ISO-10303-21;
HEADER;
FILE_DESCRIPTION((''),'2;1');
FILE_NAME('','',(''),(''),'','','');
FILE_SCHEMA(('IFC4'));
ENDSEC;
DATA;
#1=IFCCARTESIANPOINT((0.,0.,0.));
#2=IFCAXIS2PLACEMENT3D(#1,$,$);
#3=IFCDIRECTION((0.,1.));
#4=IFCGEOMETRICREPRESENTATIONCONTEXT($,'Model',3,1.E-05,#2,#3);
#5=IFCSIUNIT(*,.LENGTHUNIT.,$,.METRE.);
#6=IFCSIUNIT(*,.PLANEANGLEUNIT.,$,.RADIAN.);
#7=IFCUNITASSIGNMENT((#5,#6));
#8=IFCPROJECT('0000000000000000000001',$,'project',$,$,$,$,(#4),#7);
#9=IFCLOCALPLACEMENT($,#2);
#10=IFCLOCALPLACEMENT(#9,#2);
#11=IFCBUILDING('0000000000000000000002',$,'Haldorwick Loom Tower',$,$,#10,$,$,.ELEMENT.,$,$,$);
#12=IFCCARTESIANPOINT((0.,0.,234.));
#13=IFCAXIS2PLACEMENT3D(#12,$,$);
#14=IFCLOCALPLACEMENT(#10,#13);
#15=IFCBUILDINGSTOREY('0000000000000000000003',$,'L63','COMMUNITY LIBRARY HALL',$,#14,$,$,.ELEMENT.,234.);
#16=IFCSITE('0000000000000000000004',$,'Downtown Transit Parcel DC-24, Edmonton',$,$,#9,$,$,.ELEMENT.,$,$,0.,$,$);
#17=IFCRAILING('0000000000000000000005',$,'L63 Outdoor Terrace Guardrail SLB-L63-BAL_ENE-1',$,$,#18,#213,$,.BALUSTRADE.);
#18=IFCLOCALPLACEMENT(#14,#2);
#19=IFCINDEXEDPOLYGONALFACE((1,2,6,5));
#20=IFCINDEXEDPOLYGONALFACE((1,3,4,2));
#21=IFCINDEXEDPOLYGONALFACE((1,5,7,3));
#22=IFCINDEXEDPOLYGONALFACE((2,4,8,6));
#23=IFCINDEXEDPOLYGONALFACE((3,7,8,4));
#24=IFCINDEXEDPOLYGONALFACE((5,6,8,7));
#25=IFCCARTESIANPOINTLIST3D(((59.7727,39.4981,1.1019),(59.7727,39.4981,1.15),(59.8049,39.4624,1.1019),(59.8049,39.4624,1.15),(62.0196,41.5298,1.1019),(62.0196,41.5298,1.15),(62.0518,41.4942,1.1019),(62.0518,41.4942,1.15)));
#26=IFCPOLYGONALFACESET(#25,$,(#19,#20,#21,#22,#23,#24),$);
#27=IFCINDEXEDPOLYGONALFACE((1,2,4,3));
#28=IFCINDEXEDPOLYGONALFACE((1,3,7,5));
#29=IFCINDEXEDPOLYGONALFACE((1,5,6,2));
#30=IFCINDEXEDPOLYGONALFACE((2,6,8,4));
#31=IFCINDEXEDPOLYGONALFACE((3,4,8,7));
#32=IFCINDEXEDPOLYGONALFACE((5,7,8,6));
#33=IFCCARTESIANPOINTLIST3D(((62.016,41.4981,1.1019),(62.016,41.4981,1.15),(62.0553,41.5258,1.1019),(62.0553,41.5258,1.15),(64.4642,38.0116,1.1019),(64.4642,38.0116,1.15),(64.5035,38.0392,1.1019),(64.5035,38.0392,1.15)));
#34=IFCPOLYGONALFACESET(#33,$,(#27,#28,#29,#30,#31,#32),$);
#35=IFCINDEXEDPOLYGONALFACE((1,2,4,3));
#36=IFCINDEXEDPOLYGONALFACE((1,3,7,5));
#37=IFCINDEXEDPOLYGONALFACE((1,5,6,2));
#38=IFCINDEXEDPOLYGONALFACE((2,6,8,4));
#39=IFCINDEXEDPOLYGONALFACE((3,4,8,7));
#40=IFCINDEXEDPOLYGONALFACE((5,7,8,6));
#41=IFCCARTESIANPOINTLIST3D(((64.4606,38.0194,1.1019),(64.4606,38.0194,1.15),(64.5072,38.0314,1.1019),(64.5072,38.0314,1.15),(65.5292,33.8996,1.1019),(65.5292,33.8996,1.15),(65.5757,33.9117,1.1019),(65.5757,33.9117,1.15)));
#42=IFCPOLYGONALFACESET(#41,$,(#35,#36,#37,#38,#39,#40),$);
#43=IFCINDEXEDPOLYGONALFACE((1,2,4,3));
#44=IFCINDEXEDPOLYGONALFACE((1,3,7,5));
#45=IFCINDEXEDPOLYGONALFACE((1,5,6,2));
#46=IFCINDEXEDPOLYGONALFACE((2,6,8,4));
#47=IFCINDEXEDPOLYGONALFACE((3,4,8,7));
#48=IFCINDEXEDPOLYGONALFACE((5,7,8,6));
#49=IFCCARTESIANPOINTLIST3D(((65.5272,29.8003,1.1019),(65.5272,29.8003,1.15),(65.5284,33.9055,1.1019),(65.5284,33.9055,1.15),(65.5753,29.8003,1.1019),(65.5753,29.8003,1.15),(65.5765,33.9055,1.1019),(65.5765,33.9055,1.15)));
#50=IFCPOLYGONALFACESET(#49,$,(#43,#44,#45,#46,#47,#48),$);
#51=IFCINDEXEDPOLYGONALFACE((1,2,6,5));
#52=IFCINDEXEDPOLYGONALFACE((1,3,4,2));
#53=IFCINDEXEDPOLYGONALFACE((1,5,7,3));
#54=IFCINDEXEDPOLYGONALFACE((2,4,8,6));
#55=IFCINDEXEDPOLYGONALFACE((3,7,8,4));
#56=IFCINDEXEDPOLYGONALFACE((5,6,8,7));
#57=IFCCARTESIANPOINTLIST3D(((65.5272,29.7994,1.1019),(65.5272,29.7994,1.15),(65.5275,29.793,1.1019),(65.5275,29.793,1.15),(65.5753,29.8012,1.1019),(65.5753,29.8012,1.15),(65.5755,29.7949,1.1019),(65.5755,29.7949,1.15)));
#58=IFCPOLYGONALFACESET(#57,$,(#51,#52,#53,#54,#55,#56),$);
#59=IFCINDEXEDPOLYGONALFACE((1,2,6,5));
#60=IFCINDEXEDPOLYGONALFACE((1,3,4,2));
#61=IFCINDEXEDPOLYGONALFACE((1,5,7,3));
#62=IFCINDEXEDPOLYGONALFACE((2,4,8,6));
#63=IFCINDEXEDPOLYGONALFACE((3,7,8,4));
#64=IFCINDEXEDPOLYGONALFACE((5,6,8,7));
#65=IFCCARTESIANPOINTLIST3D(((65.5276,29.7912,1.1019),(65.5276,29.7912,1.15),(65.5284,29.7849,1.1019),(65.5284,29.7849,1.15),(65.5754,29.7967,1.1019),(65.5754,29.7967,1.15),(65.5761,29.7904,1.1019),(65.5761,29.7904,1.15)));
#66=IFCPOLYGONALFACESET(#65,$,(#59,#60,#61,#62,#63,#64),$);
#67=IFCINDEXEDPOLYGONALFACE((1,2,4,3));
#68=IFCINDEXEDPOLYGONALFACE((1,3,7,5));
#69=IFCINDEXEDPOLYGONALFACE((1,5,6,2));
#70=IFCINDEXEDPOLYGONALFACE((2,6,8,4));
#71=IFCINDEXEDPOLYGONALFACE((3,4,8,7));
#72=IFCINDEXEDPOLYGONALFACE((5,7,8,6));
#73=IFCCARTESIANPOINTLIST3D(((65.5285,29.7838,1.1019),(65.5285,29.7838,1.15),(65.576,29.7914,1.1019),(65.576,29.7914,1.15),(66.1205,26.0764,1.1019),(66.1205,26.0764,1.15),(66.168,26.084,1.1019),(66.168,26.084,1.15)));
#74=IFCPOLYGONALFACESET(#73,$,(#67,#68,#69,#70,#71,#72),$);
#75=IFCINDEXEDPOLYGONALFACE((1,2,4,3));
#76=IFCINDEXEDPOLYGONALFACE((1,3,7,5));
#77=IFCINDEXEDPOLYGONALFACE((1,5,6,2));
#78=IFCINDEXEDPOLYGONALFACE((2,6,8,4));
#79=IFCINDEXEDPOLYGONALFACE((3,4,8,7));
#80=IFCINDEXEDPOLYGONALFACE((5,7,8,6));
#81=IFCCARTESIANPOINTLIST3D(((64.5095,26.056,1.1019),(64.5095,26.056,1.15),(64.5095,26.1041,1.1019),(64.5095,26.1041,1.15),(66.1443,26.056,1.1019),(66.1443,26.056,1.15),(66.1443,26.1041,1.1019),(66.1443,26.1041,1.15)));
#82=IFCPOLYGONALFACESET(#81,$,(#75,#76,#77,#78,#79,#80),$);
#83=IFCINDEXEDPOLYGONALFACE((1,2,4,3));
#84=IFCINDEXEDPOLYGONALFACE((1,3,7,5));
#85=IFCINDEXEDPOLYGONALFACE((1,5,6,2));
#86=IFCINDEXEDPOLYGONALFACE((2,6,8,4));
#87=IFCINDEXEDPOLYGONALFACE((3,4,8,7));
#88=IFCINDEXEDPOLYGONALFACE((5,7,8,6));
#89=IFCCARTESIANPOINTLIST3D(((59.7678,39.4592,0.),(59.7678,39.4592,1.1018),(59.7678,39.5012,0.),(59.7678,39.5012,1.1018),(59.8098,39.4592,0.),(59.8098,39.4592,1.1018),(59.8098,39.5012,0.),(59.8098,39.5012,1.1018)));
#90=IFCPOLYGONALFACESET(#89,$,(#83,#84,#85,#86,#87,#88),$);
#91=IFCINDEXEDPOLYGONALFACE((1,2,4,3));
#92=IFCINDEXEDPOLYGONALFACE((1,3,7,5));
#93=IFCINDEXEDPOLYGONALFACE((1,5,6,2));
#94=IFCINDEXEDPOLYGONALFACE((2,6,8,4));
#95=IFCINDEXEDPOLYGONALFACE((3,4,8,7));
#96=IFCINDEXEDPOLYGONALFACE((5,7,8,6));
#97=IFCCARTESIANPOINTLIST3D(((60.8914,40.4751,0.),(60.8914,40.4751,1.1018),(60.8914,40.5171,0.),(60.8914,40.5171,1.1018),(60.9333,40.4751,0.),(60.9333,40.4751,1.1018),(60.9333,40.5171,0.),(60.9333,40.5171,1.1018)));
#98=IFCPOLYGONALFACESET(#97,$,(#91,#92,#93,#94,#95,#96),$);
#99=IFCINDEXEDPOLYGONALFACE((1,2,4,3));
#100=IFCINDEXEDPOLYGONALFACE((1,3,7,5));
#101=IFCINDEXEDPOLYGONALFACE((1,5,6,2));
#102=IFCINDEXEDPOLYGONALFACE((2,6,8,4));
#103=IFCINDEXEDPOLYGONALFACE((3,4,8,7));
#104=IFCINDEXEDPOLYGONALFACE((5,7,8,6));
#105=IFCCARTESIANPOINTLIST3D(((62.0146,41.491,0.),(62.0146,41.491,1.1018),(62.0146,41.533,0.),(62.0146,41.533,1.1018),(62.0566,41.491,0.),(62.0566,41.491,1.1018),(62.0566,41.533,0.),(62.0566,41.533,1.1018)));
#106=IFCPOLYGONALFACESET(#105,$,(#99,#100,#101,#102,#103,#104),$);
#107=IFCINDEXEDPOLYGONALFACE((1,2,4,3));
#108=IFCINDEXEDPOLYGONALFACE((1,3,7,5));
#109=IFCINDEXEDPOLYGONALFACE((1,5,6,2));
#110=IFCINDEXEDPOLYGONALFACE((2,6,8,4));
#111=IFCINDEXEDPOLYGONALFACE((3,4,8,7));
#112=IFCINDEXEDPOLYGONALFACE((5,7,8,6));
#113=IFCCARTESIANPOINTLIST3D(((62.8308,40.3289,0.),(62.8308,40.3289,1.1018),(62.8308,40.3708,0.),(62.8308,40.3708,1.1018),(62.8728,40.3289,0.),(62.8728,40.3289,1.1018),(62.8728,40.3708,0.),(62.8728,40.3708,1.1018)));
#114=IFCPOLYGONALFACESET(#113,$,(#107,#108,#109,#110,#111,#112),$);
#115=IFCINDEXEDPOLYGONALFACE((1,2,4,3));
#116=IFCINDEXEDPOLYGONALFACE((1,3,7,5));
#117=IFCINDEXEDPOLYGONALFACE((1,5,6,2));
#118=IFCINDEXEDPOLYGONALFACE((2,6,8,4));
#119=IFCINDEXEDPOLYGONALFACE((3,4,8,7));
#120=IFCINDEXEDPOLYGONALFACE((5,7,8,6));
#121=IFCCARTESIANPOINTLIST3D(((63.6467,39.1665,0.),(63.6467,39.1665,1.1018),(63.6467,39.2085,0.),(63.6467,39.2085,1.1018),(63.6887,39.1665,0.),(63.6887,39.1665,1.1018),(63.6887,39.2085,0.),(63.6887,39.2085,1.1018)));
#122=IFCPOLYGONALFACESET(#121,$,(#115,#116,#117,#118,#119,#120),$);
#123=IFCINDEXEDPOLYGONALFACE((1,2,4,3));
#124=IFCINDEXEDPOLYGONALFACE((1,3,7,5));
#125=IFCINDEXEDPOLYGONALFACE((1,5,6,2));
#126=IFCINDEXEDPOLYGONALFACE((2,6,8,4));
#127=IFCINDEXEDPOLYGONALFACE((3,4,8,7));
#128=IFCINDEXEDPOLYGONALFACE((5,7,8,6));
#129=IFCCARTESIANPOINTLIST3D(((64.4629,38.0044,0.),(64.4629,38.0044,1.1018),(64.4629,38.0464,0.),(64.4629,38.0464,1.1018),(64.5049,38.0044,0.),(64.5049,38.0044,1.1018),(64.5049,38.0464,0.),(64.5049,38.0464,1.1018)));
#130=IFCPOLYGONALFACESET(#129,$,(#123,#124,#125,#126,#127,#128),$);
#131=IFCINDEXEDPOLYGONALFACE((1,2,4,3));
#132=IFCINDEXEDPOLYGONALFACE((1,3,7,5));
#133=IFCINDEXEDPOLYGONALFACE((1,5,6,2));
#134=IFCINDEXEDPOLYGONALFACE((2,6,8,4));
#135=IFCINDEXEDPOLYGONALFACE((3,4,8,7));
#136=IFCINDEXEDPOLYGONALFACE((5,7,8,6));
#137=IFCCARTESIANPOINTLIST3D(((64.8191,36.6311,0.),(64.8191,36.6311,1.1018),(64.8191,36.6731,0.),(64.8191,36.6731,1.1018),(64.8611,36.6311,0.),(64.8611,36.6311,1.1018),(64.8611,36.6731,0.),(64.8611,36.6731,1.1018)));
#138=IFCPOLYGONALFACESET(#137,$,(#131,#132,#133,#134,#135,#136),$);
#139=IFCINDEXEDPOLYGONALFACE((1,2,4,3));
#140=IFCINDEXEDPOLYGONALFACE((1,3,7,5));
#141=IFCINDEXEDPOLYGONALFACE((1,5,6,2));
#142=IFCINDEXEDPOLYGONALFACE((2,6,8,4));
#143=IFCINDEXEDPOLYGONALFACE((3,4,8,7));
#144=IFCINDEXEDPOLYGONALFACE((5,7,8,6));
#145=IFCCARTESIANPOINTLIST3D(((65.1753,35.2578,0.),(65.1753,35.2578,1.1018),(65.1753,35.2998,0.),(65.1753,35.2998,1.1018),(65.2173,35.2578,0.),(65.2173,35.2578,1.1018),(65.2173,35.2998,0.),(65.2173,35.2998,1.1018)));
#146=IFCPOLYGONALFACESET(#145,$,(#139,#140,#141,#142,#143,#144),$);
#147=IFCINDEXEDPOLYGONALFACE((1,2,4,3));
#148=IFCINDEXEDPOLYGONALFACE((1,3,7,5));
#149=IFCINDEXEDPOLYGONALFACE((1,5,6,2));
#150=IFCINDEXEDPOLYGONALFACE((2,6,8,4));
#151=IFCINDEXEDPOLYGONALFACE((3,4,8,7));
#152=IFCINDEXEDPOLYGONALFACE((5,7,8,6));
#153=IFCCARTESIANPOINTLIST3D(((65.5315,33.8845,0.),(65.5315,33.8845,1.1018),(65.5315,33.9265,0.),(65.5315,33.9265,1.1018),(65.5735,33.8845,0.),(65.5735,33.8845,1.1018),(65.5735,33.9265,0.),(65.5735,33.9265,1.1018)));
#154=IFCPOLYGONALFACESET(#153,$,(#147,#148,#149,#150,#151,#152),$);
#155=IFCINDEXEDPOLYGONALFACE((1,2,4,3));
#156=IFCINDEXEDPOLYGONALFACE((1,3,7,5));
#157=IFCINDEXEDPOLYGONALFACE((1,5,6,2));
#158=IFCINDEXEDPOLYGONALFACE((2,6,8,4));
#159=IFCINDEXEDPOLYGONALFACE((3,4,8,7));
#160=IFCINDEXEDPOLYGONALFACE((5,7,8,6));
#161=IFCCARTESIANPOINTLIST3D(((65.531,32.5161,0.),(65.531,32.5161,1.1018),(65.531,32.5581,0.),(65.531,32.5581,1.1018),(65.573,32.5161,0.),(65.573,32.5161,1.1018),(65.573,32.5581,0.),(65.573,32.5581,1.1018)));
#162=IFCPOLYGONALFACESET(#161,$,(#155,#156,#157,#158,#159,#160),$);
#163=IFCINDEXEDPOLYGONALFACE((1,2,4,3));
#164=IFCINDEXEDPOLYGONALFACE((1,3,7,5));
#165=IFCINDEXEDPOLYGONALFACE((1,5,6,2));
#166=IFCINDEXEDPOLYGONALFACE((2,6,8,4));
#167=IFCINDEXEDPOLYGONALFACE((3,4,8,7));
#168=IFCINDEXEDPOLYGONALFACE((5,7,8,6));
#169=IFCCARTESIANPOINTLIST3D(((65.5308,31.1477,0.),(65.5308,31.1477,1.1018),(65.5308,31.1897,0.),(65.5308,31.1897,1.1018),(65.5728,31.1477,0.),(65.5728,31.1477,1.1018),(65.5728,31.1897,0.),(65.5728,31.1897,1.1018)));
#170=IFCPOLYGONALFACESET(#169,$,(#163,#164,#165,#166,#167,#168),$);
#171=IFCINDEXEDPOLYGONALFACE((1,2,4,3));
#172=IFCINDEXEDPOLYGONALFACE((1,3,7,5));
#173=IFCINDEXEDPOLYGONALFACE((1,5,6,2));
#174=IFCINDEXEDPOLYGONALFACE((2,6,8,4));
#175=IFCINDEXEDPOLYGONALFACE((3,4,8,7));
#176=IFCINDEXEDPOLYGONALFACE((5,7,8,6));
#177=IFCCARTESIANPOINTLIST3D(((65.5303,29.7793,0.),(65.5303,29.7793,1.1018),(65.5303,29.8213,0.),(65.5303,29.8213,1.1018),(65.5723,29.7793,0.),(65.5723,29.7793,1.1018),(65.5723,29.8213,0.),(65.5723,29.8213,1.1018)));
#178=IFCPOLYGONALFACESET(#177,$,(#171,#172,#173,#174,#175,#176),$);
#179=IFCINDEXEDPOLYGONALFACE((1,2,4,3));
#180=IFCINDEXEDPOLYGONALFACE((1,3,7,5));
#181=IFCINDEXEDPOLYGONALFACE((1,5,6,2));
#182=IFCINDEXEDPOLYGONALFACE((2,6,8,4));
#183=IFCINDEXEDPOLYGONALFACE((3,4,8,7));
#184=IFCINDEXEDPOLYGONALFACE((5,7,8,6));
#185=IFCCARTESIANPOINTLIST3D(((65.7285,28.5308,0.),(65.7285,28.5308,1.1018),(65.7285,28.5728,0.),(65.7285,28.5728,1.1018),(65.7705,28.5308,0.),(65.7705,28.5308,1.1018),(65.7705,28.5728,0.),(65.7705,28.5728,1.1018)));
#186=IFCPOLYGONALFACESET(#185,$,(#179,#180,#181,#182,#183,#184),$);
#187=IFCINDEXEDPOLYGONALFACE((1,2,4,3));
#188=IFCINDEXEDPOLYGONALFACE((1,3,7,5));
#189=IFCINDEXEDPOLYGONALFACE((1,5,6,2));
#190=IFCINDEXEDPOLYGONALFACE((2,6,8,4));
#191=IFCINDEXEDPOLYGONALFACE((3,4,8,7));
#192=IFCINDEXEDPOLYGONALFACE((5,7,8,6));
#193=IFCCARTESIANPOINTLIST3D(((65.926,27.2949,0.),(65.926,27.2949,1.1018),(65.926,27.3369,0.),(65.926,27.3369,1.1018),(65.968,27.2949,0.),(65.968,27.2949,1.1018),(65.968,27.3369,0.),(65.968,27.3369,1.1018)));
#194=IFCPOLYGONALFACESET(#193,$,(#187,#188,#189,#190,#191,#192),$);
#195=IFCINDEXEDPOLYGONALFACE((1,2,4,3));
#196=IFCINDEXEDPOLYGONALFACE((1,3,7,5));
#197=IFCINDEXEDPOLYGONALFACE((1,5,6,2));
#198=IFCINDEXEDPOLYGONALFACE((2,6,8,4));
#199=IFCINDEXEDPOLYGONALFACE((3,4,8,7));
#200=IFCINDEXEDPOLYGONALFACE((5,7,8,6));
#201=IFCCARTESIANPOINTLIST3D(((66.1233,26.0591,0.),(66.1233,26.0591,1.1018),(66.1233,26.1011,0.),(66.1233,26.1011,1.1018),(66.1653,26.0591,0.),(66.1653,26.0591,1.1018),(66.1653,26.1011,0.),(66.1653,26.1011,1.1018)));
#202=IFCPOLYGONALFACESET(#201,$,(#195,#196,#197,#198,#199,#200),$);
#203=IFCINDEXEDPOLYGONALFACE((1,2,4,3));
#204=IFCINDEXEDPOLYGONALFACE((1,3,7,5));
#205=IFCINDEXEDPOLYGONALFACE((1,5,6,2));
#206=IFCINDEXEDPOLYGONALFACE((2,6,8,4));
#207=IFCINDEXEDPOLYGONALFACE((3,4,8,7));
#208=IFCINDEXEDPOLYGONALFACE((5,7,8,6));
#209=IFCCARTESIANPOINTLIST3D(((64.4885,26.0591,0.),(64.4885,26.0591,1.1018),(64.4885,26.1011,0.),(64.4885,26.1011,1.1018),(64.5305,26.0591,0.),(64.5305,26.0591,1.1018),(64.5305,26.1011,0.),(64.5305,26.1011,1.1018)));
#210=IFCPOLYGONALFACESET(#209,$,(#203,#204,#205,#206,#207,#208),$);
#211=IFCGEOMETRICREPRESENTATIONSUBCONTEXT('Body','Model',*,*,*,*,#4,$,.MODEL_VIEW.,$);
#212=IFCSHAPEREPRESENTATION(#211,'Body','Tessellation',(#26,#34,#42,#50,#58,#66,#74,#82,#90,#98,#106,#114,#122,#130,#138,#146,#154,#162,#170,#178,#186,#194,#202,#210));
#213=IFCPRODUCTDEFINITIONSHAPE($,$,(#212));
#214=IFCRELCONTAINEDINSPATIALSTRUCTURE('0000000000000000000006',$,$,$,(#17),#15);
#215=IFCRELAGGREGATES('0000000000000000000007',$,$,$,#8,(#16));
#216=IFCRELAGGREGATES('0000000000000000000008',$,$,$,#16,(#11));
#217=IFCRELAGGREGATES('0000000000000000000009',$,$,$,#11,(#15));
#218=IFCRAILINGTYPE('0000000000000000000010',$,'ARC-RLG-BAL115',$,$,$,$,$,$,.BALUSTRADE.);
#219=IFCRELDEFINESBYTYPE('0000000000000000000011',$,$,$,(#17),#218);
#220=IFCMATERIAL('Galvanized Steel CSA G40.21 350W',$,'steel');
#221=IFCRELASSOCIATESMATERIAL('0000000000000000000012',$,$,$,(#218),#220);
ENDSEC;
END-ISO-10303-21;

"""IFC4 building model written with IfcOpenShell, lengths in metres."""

from ifc_helpers import new_model, si_unit, direction, frame, origin, origin_2d, place, context, subcontext, project, spatial, rectangle, extrude, material, type_object, element, save


model = new_model("IFC4")

# Units and contexts
model_context = context("Model", 3, precision=1e-05, world=origin(), true_north=direction((0.0, 1.0)))
body_context = subcontext(model_context, "Body", "Model", "MODEL_VIEW")
ifc_project = project(units=[si_unit("LENGTHUNIT", "METRE"), si_unit("PLANEANGLEUNIT", "RADIAN")], contexts=[model_context])

# Site, building, storey
site_placement = place(None, origin())
site = spatial("IfcSite", under=ifc_project, at=site_placement, Name="Downtown Transit Parcel DC-24, Edmonton", CompositionType="ELEMENT", RefElevation=0.0)
building_placement = place(site_placement, origin())
building = spatial("IfcBuilding", under=site, at=building_placement, Name="Haldorwick Loom Tower", CompositionType="ELEMENT")
storey_placement = place(building_placement, frame((0.0, 0.0, 234.0)))
storey = spatial("IfcBuildingStorey", under=building, at=storey_placement, Name="L63", Description="COMMUNITY LIBRARY HALL", CompositionType="ELEMENT", Elevation=234.0)

# Railing
ifc_material_1 = material(Name="Galvanized Steel CSA G40.21 350W", Category="steel")
railing_type_1 = type_object("IfcRailingType", Name="ARC-RLG-BAL115", PredefinedType="BALUSTRADE", material=ifc_material_1)
railing_1_placement = place(storey_placement, frame((59.7888, 39.4802, 0.0)))
element("IfcRailing", 1, at=railing_1_placement, inside=storey, type_object=railing_type_1, Name="L63 Outdoor Terrace Guardrail SLB-L63-BAL_ENE-1", PredefinedType="BALUSTRADE", context=body_context, shape_type="SweptSolid", body=[
    extrude(rectangle(XDim=0.0481, YDim=0.0481, at=origin_2d()), frame((0.0, 0.0, 1.126), z_axis=(0.741717, 0.670713, 0.0), x_axis=(-0.670713, 0.741717, 0.0)), (0.0, 0.0, 1.0), 3.0293),
    extrude(rectangle(XDim=0.0481, YDim=0.0481, at=origin_2d()), frame((2.2468, 2.0317, 1.126), z_axis=(0.574666, -0.818388, 0.0), x_axis=(0.818388, 0.574666, 0.0)), (0.0, 0.0, 1.0), 4.2603),
    extrude(rectangle(XDim=0.0481, YDim=0.0481, at=origin_2d()), frame((4.6951, -1.4548, 1.126), z_axis=(0.25107, -0.967969, 0.0), x_axis=(0.967969, 0.25107, 0.0)), (0.0, 0.0, 1.0), 4.2561),
    extrude(rectangle(XDim=0.0481, YDim=0.0481, at=origin_2d()), frame((5.7637, -5.5747, 1.126), z_axis=(-0.000297, -1.0, 0.0), x_axis=(1.0, -0.000297, 0.0)), (0.0, 0.0, 1.0), 4.1052),
    extrude(rectangle(XDim=0.0481, YDim=0.0481, at=origin_2d()), frame((5.7625, -9.6799, 1.126), z_axis=(0.038433, -0.999261, 0.0), x_axis=(0.999261, 0.038433, 0.0)), (0.0, 0.0, 1.0), 0.0063),
    extrude(rectangle(XDim=0.0481, YDim=0.0481, at=origin_2d()), frame((5.7627, -9.6863, 1.126), z_axis=(0.114624, -0.993409, 0.0), x_axis=(0.993409, 0.114624, 0.0)), (0.0, 0.0, 1.0), 0.0063),
    extrude(rectangle(XDim=0.0481, YDim=0.0481, at=origin_2d()), frame((5.7634, -9.6926, 1.126), z_axis=(0.157689, -0.987489, 0.0), x_axis=(0.987489, 0.157689, 0.0)), (0.0, 0.0, 1.0), 3.7544),
    extrude(rectangle(XDim=0.0481, YDim=0.0481, at=origin_2d()), frame((6.3555, -13.4001, 1.126), z_axis=(-1.0, 0.0, 0.0), x_axis=(0.0, -1.0, 0.0)), (0.0, 0.0, 1.0), 1.6348),
    extrude(rectangle(XDim=0.042, YDim=0.042, at=origin_2d()), origin(), (0.0, 0.0, 1.0), 1.1018),
    extrude(rectangle(XDim=0.042, YDim=0.042, at=origin_2d()), frame((1.1235, 1.0159, 0.0)), (0.0, 0.0, 1.0), 1.1018),
    extrude(rectangle(XDim=0.042, YDim=0.042, at=origin_2d()), frame((2.2468, 2.0317, 0.0)), (0.0, 0.0, 1.0), 1.1018),
    extrude(rectangle(XDim=0.042, YDim=0.042, at=origin_2d()), frame((3.063, 0.8696, 0.0)), (0.0, 0.0, 1.0), 1.1018),
    extrude(rectangle(XDim=0.042, YDim=0.042, at=origin_2d()), frame((3.8789, -0.2927, 0.0)), (0.0, 0.0, 1.0), 1.1018),
    extrude(rectangle(XDim=0.042, YDim=0.042, at=origin_2d()), frame((4.6951, -1.4548, 0.0)), (0.0, 0.0, 1.0), 1.1018),
    extrude(rectangle(XDim=0.042, YDim=0.042, at=origin_2d()), frame((5.0513, -2.8281, 0.0)), (0.0, 0.0, 1.0), 1.1018),
    extrude(rectangle(XDim=0.042, YDim=0.042, at=origin_2d()), frame((5.4075, -4.2014, 0.0)), (0.0, 0.0, 1.0), 1.1018),
    extrude(rectangle(XDim=0.042, YDim=0.042, at=origin_2d()), frame((5.7637, -5.5747, 0.0)), (0.0, 0.0, 1.0), 1.1018),
    extrude(rectangle(XDim=0.042, YDim=0.042, at=origin_2d()), frame((5.7632, -6.9431, 0.0)), (0.0, 0.0, 1.0), 1.1018),
    extrude(rectangle(XDim=0.042, YDim=0.042, at=origin_2d()), frame((5.7629, -8.3115, 0.0)), (0.0, 0.0, 1.0), 1.1018),
    extrude(rectangle(XDim=0.042, YDim=0.042, at=origin_2d()), frame((5.7625, -9.6799, 0.0)), (0.0, 0.0, 1.0), 1.1018),
    extrude(rectangle(XDim=0.042, YDim=0.042, at=origin_2d()), frame((5.9607, -10.9285, 0.0)), (0.0, 0.0, 1.0), 1.1018),
    extrude(rectangle(XDim=0.042, YDim=0.042, at=origin_2d()), frame((6.1582, -12.1643, 0.0)), (0.0, 0.0, 1.0), 1.1018),
    extrude(rectangle(XDim=0.042, YDim=0.042, at=origin_2d()), frame((6.3555, -13.4001, 0.0)), (0.0, 0.0, 1.0), 1.1018),
    extrude(rectangle(XDim=0.042, YDim=0.042, at=origin_2d()), frame((4.7207, -13.4001, 0.0)), (0.0, 0.0, 1.0), 1.1018),
])

save(model, "model.ifc")
